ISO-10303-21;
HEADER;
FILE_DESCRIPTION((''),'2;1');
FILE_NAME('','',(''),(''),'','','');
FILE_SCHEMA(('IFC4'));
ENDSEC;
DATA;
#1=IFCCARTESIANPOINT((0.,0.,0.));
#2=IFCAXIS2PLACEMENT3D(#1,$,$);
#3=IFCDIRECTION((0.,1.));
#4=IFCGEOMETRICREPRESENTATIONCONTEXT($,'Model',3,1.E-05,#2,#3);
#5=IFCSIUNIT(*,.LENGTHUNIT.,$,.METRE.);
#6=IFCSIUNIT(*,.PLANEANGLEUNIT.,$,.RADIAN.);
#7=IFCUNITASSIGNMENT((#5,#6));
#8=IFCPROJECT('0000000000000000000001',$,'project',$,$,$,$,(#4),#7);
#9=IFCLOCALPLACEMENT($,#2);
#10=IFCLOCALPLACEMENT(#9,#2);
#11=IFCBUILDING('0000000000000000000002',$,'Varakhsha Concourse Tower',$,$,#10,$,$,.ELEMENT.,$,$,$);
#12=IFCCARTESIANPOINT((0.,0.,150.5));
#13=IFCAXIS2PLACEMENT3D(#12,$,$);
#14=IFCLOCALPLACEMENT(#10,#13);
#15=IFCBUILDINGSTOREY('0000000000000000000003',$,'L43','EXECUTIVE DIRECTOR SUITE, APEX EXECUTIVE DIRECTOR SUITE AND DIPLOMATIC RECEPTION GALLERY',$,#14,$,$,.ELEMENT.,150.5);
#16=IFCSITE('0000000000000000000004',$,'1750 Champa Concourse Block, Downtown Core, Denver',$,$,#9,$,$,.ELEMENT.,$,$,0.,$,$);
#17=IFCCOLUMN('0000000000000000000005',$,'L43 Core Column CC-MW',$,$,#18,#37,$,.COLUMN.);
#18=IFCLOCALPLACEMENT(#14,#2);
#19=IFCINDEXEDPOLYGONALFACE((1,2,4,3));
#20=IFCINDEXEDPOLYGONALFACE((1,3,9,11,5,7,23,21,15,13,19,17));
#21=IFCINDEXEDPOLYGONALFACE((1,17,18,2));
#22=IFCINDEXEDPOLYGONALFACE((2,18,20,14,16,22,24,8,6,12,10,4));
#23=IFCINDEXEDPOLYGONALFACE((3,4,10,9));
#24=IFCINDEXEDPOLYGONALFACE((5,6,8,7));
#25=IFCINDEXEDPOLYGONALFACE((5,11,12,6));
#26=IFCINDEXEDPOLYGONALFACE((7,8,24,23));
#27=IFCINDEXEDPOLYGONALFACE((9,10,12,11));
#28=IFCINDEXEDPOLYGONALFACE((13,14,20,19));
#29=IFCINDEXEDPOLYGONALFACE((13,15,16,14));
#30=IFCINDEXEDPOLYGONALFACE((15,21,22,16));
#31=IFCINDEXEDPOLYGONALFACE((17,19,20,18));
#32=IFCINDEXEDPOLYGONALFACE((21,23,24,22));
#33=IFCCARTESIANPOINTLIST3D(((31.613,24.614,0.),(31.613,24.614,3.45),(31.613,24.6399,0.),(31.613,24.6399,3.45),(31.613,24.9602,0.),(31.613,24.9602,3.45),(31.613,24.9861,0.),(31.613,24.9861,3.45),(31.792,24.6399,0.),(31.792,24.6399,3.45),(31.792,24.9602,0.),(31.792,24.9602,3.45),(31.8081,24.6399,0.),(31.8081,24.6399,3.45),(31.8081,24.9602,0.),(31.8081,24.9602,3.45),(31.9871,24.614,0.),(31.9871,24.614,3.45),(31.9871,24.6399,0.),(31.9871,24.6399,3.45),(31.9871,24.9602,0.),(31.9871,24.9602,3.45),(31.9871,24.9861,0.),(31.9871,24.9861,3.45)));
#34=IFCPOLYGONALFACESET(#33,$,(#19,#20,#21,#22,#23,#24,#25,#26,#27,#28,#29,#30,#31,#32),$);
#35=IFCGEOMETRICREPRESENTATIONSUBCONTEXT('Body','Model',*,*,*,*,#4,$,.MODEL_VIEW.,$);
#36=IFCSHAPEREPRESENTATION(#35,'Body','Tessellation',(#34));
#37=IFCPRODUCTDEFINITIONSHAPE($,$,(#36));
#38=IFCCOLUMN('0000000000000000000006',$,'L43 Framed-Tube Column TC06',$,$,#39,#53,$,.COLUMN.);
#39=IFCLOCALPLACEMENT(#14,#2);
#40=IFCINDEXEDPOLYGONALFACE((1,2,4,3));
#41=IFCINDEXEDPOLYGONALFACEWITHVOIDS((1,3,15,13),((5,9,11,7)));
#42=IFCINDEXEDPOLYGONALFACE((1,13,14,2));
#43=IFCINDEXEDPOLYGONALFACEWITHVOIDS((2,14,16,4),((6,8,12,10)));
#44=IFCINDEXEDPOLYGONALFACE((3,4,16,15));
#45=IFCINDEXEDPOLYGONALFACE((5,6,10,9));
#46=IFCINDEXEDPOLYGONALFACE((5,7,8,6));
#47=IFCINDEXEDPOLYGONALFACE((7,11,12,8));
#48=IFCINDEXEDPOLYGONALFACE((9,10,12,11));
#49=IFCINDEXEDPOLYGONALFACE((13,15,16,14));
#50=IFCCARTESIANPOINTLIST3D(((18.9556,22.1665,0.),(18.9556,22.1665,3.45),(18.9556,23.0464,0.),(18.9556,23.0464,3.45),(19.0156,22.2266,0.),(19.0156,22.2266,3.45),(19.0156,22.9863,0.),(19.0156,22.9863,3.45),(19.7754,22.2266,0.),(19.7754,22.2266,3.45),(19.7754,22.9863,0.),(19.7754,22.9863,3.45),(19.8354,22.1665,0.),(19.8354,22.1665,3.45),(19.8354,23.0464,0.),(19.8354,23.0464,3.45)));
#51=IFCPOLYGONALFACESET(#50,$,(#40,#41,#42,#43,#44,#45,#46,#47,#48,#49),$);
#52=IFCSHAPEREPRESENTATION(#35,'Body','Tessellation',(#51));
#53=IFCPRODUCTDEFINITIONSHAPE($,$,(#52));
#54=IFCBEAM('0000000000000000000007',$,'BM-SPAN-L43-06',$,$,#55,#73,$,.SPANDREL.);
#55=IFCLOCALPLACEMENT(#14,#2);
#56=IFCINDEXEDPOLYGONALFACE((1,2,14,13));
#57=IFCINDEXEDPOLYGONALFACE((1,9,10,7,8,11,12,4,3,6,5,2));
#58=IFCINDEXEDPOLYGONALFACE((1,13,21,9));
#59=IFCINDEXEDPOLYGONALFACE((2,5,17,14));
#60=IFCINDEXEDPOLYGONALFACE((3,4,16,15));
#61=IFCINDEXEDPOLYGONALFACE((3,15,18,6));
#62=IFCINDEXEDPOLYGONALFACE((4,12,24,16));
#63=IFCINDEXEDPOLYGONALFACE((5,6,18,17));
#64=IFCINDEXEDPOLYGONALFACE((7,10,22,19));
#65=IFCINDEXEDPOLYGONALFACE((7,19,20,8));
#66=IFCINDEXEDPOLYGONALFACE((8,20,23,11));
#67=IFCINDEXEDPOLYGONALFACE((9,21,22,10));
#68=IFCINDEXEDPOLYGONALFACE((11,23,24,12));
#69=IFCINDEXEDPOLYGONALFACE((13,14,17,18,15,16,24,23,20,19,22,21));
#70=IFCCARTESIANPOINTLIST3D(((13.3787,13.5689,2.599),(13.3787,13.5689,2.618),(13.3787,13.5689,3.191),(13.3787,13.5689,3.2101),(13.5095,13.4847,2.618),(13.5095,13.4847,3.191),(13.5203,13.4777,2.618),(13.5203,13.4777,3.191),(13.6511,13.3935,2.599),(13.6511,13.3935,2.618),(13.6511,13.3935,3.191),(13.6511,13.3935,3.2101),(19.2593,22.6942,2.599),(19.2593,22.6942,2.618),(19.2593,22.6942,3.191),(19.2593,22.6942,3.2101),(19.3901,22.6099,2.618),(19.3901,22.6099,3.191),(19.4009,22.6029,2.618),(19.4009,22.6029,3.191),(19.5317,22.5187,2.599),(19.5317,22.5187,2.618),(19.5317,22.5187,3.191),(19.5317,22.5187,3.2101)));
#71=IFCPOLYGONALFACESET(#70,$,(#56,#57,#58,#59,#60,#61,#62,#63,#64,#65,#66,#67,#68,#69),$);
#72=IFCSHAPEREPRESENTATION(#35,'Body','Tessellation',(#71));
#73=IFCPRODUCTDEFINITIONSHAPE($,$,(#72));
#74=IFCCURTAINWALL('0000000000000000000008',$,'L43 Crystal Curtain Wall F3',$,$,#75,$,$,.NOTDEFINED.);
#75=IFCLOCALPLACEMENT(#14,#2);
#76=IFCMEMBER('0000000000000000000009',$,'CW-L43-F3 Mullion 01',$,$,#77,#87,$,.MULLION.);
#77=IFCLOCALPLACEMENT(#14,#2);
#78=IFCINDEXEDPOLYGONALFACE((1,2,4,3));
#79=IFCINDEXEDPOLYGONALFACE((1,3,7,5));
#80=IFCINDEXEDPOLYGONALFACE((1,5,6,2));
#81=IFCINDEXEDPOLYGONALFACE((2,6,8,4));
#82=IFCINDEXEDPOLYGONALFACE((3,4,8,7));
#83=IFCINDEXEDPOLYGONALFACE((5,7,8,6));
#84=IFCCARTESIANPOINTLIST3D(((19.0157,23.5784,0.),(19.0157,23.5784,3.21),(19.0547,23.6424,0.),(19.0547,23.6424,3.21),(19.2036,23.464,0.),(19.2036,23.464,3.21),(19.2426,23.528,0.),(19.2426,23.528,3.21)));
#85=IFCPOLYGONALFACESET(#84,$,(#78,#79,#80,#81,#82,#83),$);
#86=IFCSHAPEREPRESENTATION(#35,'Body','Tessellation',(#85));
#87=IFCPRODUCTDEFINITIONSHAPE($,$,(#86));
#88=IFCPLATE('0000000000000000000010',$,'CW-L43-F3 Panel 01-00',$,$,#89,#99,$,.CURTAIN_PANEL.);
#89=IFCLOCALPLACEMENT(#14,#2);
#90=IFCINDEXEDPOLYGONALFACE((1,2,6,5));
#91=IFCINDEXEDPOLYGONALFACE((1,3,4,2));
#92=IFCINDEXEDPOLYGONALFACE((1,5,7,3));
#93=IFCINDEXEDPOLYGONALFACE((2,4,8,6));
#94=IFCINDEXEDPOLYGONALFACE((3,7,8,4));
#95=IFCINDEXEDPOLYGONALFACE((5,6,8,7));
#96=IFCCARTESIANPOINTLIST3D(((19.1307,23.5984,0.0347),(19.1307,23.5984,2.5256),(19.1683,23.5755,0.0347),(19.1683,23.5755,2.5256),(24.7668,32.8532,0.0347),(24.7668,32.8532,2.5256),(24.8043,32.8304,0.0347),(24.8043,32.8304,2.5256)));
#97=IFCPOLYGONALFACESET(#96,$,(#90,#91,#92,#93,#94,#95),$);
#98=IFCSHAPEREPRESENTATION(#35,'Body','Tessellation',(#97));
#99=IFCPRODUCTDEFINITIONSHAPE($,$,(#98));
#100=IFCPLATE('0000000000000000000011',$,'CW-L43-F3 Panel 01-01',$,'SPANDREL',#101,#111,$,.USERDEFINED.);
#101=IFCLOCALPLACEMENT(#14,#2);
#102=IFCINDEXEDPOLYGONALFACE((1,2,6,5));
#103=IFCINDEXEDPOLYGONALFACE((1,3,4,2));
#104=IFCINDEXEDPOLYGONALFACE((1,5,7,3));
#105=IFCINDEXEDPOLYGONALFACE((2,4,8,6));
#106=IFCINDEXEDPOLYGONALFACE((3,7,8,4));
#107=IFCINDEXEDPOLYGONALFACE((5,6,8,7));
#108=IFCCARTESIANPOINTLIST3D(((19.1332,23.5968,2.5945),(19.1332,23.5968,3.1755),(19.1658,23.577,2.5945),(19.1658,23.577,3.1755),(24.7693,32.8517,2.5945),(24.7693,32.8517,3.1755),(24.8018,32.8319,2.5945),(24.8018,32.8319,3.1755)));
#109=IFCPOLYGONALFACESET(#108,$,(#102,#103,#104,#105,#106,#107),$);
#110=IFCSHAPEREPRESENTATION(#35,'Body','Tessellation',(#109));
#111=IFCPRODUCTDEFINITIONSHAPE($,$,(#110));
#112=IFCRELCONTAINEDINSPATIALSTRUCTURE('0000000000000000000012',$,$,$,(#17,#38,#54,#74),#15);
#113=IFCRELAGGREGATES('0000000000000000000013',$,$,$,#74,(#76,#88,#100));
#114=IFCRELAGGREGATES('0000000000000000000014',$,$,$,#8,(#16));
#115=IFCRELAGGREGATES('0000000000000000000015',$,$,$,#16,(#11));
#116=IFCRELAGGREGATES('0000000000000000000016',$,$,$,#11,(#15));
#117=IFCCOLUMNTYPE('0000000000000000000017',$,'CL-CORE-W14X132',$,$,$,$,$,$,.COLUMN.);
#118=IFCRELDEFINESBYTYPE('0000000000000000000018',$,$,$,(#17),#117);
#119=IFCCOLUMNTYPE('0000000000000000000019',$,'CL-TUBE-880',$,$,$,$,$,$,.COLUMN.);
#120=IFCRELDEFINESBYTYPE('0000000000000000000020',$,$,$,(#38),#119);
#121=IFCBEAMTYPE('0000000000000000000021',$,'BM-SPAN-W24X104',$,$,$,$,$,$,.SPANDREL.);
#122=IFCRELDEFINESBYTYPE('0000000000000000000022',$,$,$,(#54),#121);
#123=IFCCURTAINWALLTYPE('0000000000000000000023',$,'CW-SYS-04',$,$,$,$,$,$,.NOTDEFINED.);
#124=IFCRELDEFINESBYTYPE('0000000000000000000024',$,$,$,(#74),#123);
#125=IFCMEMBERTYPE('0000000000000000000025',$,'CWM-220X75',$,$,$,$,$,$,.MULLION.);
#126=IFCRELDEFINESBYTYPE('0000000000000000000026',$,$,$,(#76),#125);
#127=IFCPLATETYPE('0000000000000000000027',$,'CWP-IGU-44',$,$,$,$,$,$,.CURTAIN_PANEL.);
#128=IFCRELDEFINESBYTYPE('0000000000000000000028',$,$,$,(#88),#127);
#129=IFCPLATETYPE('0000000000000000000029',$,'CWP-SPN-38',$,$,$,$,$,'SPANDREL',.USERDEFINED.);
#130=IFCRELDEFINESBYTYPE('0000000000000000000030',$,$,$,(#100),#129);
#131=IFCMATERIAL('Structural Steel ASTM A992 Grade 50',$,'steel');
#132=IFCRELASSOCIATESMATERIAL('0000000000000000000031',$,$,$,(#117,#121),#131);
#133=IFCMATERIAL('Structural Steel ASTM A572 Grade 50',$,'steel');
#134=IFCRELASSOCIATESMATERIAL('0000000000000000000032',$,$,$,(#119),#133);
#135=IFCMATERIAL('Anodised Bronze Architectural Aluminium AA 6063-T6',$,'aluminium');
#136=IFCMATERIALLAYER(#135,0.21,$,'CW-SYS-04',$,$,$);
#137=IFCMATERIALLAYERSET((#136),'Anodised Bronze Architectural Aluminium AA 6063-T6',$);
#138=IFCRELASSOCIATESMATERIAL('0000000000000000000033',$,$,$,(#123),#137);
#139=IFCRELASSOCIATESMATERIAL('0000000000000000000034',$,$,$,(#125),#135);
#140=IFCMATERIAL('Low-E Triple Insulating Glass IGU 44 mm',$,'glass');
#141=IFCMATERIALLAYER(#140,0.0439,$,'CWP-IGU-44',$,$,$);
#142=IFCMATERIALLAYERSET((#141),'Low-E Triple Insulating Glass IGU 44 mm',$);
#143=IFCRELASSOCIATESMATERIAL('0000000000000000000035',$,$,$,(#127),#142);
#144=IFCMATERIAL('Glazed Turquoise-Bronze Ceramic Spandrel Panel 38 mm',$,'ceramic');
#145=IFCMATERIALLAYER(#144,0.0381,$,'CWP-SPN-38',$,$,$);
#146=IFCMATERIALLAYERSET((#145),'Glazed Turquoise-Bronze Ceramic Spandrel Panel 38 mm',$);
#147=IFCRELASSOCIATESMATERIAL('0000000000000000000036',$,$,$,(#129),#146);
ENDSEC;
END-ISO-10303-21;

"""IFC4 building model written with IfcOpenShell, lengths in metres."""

from ifc_helpers import new_model, si_unit, direction, frame, origin, origin_2d, place, context, subcontext, project, spatial, rectangle, hollow_rectangle, i_section, extrude, source, transform, mapped, material, layer, layer_set, material_profile, profile_set, type_object, type_shapes, element, aggregate, save


model = new_model("IFC4")

# Units and contexts
model_context = context("Model", 3, precision=1e-05, world=origin(), true_north=direction((0.0, 1.0)))
body_context = subcontext(model_context, "Body", "Model", "MODEL_VIEW")
ifc_project = project(units=[si_unit("LENGTHUNIT", "METRE"), si_unit("PLANEANGLEUNIT", "RADIAN")], contexts=[model_context])

# Site, building, storey
site_placement = place(None, origin())
site = spatial("IfcSite", under=ifc_project, at=site_placement, Name="1750 Champa Concourse Block, Downtown Core, Denver", CompositionType="ELEMENT", RefElevation=0.0)
building_placement = place(site_placement, origin())
building = spatial("IfcBuilding", under=site, at=building_placement, Name="Varakhsha Concourse Tower", CompositionType="ELEMENT")
storey_placement = place(building_placement, frame((0.0, 0.0, 150.5)))
storey = spatial("IfcBuildingStorey", under=building, at=storey_placement, Name="L43", Description="EXECUTIVE DIRECTOR SUITE, APEX EXECUTIVE DIRECTOR SUITE AND DIPLOMATIC RECEPTION GALLERY", CompositionType="ELEMENT", Elevation=150.5)

# Columns
ifc_material_1 = material(Name="Structural Steel ASTM A992 Grade 50", Category="steel")
ifc_material_profile_1 = material_profile(ifc_material_1, i_section(OverallWidth=0.374, OverallDepth=0.3721, WebThickness=0.0161, FlangeThickness=0.0259, at=origin_2d()), Name="W14X132")
ifc_profile_set_1 = profile_set([ifc_material_profile_1], Name="Structural Steel ASTM A992 Grade 50")
column_type_1 = type_object("IfcColumnType", Name="CL-CORE-W14X132", PredefinedType="COLUMN", material=ifc_profile_set_1)
column_1_placement = place(storey_placement, frame((31.8, 24.8, 0.0), z_axis=(0.0, 0.0, 1.0), x_axis=(1.0, 0.0, 0.0)))
element("IfcColumn", 1, at=column_1_placement, inside=storey, type_object=column_type_1, Name="L43 Core Column CC-MW", PredefinedType="COLUMN", context=body_context, shape_type="SweptSolid", body=[
    extrude(i_section(OverallWidth=0.374, OverallDepth=0.3721, WebThickness=0.0161, FlangeThickness=0.0259, at=origin_2d()), origin(), (0.0, 0.0, 1.0), 3.45),
])
ifc_material_2 = material(Name="Structural Steel ASTM A572 Grade 50", Category="steel")
ifc_material_profile_2 = material_profile(ifc_material_2, hollow_rectangle(XDim=0.8799, YDim=0.8799, WallThickness=0.0601, at=origin_2d()), Name="BOX 880x880x60")
ifc_profile_set_2 = profile_set([ifc_material_profile_2], Name="Structural Steel ASTM A572 Grade 50")
column_type_2 = type_object("IfcColumnType", Name="CL-TUBE-880", PredefinedType="COLUMN", material=ifc_profile_set_2)
column_2_placement = place(storey_placement, frame((19.3955, 22.6064, 0.0), z_axis=(0.0, 0.0, 1.0), x_axis=(1.0, 0.0, 0.0)))
element("IfcColumn", 2, at=column_2_placement, inside=storey, type_object=column_type_2, Name="L43 Framed-Tube Column TC06", PredefinedType="COLUMN", context=body_context, shape_type="SweptSolid", body=[
    extrude(hollow_rectangle(XDim=0.8799, YDim=0.8799, WallThickness=0.0601, at=origin_2d()), origin(), (0.0, 0.0, 1.0), 3.45),
])

# Beam
ifc_material_profile_3 = material_profile(ifc_material_1, i_section(OverallWidth=0.324, OverallDepth=0.6111, WebThickness=0.0129, FlangeThickness=0.019, at=origin_2d()), Name="W24X104")
ifc_profile_set_3 = profile_set([ifc_material_profile_3], Name="Structural Steel ASTM A992 Grade 50")
beam_type = type_object("IfcBeamType", Name="BM-SPAN-W24X104", PredefinedType="SPANDREL", material=ifc_profile_set_3)
beam_placement = place(storey_placement, frame((19.3955, 22.6064, 2.9045), z_axis=(-0.541695, -0.840575, 0.0), x_axis=(0.840575, -0.541695, 0.0)))
element("IfcBeam", 3, at=beam_placement, inside=storey, type_object=beam_type, Name="BM-SPAN-L43-06", PredefinedType="SPANDREL", context=body_context, shape_type="SweptSolid", body=[
    extrude(i_section(OverallWidth=0.324, OverallDepth=0.6111, WebThickness=0.0129, FlangeThickness=0.019, at=origin_2d()), origin(), (0.0, 0.0, 1.0), 10.856),
])

# Curtain wall, member, plates
ifc_material_3 = material(Name="Anodised Bronze Architectural Aluminium AA 6063-T6", Category="aluminium")
ifc_layer_1 = layer(ifc_material_3, 0.21, Name="CW-SYS-04")
ifc_layer_set_1 = layer_set([ifc_layer_1], Name="Anodised Bronze Architectural Aluminium AA 6063-T6")
curtain_wall_type = type_object("IfcCurtainWallType", Name="CW-SYS-04", PredefinedType="NOTDEFINED", material=ifc_layer_set_1)
curtain_wall_placement = place(storey_placement, origin())
curtain_wall = element("IfcCurtainWall", 4, at=curtain_wall_placement, inside=storey, type_object=curtain_wall_type, Name="L43 Crystal Curtain Wall F3", PredefinedType="NOTDEFINED")
ifc_material_profile_4 = material_profile(ifc_material_3, rectangle(XDim=0.075, YDim=0.22, at=origin_2d()), Name="CWM-220X75")
ifc_profile_set_4 = profile_set([ifc_material_profile_4], Name="Anodised Bronze Architectural Aluminium AA 6063-T6")
member_type = type_object("IfcMemberType", Name="CWM-220X75", PredefinedType="MULLION", material=ifc_profile_set_4)
shared_shape_1 = source(origin(), body_context, "Body", "SweptSolid", [
    extrude(rectangle(XDim=0.075, YDim=0.22, at=origin_2d()), origin(), (0.0, 0.0, 1.0), 3.21),
])
type_shapes(member_type, [shared_shape_1])
member_placement = place(storey_placement, frame((19.1292, 23.5532, 0.0), z_axis=(0.0, 0.0, 1.0), x_axis=(0.520126, 0.85409, 0.0)))
member = element("IfcMember", 5, at=member_placement, type_object=member_type, Name="CW-L43-F3 Mullion 01", PredefinedType="MULLION", context=body_context, shape_type="MappedRepresentation", body=[
    mapped(shared_shape_1, transform((0.0, 0.0, 0.0), scale=1.0)),
])
ifc_material_4 = material(Name="Low-E Triple Insulating Glass IGU 44 mm", Category="glass")
ifc_layer_2 = layer(ifc_material_4, 0.0439, Name="CWP-IGU-44")
ifc_layer_set_2 = layer_set([ifc_layer_2], Name="Low-E Triple Insulating Glass IGU 44 mm")
plate_type_1 = type_object("IfcPlateType", Name="CWP-IGU-44", PredefinedType="CURTAIN_PANEL", material=ifc_layer_set_2)
shared_shape_2 = source(origin(), body_context, "Body", "SweptSolid", [
    extrude(rectangle(XDim=10.8359, YDim=0.0439, at=origin_2d()), origin(), (0.0, 0.0, 1.0), 2.491),
])
type_shapes(plate_type_1, [shared_shape_2])
plate_1_placement = place(storey_placement, frame((21.9675, 28.2144, 0.0347), z_axis=(0.0, 0.0, 1.0), x_axis=(0.520126, 0.85409, 0.0)))
plate_1 = element("IfcPlate", 6, at=plate_1_placement, type_object=plate_type_1, Name="CW-L43-F3 Panel 01-00", PredefinedType="CURTAIN_PANEL", context=body_context, shape_type="MappedRepresentation", body=[
    mapped(shared_shape_2, transform((0.0, 0.0, 0.0), scale=1.0)),
])
ifc_material_5 = material(Name="Glazed Turquoise-Bronze Ceramic Spandrel Panel 38 mm", Category="ceramic")
ifc_layer_3 = layer(ifc_material_5, 0.0381, Name="CWP-SPN-38")
ifc_layer_set_3 = layer_set([ifc_layer_3], Name="Glazed Turquoise-Bronze Ceramic Spandrel Panel 38 mm")
plate_type_2 = type_object("IfcPlateType", Name="CWP-SPN-38", ElementType="SPANDREL", PredefinedType="USERDEFINED", material=ifc_layer_set_3)
shared_shape_3 = source(origin(), body_context, "Body", "SweptSolid", [
    extrude(rectangle(XDim=10.8359, YDim=0.0381, at=origin_2d()), origin(), (0.0, 0.0, 1.0), 0.5811),
])
type_shapes(plate_type_2, [shared_shape_3])
plate_2_placement = place(storey_placement, frame((21.9675, 28.2144, 2.5945), z_axis=(0.0, 0.0, 1.0), x_axis=(0.520126, 0.85409, 0.0)))
plate_2 = element("IfcPlate", 7, at=plate_2_placement, type_object=plate_type_2, Name="CW-L43-F3 Panel 01-01", ObjectType="SPANDREL", PredefinedType="USERDEFINED", context=body_context, shape_type="MappedRepresentation", body=[
    mapped(shared_shape_3, transform((0.0, 0.0, 0.0), scale=1.0)),
])
aggregate(curtain_wall, [member, plate_1, plate_2])

save(model, "model.ifc")
